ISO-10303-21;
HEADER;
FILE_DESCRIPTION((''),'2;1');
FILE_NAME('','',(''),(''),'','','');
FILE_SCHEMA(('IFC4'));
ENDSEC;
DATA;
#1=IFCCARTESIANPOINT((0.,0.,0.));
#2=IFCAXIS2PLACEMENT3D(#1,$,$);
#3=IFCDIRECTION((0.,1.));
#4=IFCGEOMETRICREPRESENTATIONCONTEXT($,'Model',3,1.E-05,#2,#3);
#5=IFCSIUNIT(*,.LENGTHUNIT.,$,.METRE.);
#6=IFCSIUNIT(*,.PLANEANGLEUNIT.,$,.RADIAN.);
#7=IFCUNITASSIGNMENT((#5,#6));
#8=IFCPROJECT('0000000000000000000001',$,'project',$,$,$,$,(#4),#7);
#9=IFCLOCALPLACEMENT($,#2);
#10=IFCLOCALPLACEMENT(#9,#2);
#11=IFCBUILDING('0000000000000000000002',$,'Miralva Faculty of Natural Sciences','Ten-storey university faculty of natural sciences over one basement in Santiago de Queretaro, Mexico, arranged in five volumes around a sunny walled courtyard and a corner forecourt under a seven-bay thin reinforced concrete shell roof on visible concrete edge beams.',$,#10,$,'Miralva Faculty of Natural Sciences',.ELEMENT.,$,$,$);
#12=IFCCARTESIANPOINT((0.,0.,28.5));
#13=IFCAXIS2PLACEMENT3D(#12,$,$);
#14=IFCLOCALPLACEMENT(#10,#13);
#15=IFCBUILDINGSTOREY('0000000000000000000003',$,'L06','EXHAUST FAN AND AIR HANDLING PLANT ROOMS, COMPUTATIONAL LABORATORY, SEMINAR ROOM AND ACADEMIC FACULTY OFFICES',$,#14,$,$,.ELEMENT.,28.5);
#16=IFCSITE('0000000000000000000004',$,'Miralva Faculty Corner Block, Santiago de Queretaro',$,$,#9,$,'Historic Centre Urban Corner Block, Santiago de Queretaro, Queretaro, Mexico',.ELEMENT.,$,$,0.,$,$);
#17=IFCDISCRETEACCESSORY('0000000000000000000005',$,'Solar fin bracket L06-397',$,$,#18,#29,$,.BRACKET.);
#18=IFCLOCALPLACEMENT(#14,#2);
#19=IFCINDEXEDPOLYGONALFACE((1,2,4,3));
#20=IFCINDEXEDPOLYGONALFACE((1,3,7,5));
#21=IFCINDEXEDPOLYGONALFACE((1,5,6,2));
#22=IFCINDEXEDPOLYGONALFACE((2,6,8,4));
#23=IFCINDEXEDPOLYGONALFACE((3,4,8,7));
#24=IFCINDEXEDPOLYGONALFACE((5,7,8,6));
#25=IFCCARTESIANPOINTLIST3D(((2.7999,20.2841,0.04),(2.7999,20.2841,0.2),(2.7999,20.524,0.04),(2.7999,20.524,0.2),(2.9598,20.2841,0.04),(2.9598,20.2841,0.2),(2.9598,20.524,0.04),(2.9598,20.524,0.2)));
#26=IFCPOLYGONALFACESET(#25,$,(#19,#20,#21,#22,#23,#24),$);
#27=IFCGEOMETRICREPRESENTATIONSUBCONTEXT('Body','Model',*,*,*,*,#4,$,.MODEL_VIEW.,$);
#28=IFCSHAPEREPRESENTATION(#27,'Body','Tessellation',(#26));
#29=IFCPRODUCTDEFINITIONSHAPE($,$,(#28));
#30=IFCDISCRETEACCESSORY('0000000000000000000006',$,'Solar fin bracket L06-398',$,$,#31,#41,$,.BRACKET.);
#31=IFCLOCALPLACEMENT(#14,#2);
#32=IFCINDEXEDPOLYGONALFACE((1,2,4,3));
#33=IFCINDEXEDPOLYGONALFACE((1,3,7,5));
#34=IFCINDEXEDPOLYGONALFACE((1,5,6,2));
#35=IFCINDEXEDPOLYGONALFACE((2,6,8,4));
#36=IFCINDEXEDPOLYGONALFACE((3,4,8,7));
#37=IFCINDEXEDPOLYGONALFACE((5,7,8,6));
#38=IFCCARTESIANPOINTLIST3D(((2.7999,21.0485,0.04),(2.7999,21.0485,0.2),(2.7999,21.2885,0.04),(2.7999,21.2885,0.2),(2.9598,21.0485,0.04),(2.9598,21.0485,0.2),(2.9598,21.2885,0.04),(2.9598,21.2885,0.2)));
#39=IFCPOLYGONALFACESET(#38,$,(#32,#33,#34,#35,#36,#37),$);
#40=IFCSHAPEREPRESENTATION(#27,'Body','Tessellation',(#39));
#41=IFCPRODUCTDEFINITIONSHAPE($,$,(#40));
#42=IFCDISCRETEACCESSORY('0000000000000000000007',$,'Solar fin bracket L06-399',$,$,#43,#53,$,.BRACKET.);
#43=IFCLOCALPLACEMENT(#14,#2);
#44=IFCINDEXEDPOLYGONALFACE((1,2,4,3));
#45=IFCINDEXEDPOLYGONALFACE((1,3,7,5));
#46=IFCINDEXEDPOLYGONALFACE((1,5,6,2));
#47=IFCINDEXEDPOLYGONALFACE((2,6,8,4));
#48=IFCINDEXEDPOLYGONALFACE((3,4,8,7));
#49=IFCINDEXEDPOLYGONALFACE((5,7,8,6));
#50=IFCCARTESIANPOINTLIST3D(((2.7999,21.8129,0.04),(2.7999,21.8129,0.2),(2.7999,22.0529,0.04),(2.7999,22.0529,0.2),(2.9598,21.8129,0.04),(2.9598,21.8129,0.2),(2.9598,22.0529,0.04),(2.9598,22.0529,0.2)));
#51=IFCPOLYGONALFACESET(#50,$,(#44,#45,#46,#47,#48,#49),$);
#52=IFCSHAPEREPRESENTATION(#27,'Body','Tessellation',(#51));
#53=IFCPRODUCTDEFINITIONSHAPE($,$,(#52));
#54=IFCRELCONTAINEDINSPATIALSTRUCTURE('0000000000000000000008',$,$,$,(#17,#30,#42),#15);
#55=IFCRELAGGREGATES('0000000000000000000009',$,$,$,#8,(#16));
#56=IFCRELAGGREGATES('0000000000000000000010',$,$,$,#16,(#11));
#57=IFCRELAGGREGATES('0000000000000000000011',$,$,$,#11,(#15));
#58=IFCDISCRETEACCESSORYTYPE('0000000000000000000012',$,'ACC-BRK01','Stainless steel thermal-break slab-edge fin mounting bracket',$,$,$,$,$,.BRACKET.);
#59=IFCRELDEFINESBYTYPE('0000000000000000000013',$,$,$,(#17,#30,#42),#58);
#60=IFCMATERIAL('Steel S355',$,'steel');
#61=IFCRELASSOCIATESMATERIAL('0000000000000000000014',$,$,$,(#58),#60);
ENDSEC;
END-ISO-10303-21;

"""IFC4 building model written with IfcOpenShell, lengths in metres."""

from ifc_helpers import new_model, si_unit, direction, frame, origin, origin_2d, place, context, subcontext, project, spatial, rectangle, extrude, material, type_object, element, save


model = new_model("IFC4")

# Units and contexts
model_context = context("Model", 3, precision=1e-05, world=origin(), true_north=direction((0.0, 1.0)))
body_context = subcontext(model_context, "Body", "Model", "MODEL_VIEW")
ifc_project = project(units=[si_unit("LENGTHUNIT", "METRE"), si_unit("PLANEANGLEUNIT", "RADIAN")], contexts=[model_context])

# Site, building, storey
site_placement = place(None, origin())
site = spatial("IfcSite", under=ifc_project, at=site_placement, Name="Miralva Faculty Corner Block, Santiago de Queretaro", LongName="Historic Centre Urban Corner Block, Santiago de Queretaro, Queretaro, Mexico", CompositionType="ELEMENT", RefElevation=0.0)
building_placement = place(site_placement, origin())
building = spatial("IfcBuilding", under=site, at=building_placement, Name="Miralva Faculty of Natural Sciences", Description="Ten-storey university faculty of natural sciences over one basement in Santiago de Queretaro, Mexico, arranged in five volumes around a sunny walled courtyard and a corner forecourt under a seven-bay thin reinforced concrete shell roof on visible concrete edge beams.", LongName="Miralva Faculty of Natural Sciences", CompositionType="ELEMENT")
storey_placement = place(building_placement, frame((0.0, 0.0, 28.5)))
storey = spatial("IfcBuildingStorey", under=building, at=storey_placement, Name="L06", Description="EXHAUST FAN AND AIR HANDLING PLANT ROOMS, COMPUTATIONAL LABORATORY, SEMINAR ROOM AND ACADEMIC FACULTY OFFICES", CompositionType="ELEMENT", Elevation=28.5)

# Discrete accessories
ifc_material_1 = material(Name="Steel S355", Category="steel")
discrete_accessory_type = type_object("IfcDiscreteAccessoryType", Name="ACC-BRK01", Description="Stainless steel thermal-break slab-edge fin mounting bracket", PredefinedType="BRACKET", material=ifc_material_1)
for number, where, z_axis, x_axis, name in (
    (1, (2.8799, 20.4041, 0.04), (0.0, 0.0, 1.0), (-1.0, 0.0, 0.0), "Solar fin bracket L06-397"),
    (2, (2.8799, 21.1685, 0.04), (0.0, 0.0, 1.0), (-1.0, 0.0, 0.0), "Solar fin bracket L06-398"),
    (3, (2.8799, 21.9329, 0.04), (0.0, 0.0, 1.0), (-1.0, 0.0, 0.0), "Solar fin bracket L06-399"),
):
    element("IfcDiscreteAccessory", number, at=place(storey_placement, frame(where, z_axis=z_axis, x_axis=x_axis)), inside=storey, type_object=discrete_accessory_type, Name=name, PredefinedType="BRACKET", context=body_context, shape_type="SweptSolid", body=[
        extrude(rectangle(XDim=0.1599, YDim=0.24, at=origin_2d()), origin(), (0.0, 0.0, 1.0), 0.1599),
    ])

save(model, "model.ifc")
